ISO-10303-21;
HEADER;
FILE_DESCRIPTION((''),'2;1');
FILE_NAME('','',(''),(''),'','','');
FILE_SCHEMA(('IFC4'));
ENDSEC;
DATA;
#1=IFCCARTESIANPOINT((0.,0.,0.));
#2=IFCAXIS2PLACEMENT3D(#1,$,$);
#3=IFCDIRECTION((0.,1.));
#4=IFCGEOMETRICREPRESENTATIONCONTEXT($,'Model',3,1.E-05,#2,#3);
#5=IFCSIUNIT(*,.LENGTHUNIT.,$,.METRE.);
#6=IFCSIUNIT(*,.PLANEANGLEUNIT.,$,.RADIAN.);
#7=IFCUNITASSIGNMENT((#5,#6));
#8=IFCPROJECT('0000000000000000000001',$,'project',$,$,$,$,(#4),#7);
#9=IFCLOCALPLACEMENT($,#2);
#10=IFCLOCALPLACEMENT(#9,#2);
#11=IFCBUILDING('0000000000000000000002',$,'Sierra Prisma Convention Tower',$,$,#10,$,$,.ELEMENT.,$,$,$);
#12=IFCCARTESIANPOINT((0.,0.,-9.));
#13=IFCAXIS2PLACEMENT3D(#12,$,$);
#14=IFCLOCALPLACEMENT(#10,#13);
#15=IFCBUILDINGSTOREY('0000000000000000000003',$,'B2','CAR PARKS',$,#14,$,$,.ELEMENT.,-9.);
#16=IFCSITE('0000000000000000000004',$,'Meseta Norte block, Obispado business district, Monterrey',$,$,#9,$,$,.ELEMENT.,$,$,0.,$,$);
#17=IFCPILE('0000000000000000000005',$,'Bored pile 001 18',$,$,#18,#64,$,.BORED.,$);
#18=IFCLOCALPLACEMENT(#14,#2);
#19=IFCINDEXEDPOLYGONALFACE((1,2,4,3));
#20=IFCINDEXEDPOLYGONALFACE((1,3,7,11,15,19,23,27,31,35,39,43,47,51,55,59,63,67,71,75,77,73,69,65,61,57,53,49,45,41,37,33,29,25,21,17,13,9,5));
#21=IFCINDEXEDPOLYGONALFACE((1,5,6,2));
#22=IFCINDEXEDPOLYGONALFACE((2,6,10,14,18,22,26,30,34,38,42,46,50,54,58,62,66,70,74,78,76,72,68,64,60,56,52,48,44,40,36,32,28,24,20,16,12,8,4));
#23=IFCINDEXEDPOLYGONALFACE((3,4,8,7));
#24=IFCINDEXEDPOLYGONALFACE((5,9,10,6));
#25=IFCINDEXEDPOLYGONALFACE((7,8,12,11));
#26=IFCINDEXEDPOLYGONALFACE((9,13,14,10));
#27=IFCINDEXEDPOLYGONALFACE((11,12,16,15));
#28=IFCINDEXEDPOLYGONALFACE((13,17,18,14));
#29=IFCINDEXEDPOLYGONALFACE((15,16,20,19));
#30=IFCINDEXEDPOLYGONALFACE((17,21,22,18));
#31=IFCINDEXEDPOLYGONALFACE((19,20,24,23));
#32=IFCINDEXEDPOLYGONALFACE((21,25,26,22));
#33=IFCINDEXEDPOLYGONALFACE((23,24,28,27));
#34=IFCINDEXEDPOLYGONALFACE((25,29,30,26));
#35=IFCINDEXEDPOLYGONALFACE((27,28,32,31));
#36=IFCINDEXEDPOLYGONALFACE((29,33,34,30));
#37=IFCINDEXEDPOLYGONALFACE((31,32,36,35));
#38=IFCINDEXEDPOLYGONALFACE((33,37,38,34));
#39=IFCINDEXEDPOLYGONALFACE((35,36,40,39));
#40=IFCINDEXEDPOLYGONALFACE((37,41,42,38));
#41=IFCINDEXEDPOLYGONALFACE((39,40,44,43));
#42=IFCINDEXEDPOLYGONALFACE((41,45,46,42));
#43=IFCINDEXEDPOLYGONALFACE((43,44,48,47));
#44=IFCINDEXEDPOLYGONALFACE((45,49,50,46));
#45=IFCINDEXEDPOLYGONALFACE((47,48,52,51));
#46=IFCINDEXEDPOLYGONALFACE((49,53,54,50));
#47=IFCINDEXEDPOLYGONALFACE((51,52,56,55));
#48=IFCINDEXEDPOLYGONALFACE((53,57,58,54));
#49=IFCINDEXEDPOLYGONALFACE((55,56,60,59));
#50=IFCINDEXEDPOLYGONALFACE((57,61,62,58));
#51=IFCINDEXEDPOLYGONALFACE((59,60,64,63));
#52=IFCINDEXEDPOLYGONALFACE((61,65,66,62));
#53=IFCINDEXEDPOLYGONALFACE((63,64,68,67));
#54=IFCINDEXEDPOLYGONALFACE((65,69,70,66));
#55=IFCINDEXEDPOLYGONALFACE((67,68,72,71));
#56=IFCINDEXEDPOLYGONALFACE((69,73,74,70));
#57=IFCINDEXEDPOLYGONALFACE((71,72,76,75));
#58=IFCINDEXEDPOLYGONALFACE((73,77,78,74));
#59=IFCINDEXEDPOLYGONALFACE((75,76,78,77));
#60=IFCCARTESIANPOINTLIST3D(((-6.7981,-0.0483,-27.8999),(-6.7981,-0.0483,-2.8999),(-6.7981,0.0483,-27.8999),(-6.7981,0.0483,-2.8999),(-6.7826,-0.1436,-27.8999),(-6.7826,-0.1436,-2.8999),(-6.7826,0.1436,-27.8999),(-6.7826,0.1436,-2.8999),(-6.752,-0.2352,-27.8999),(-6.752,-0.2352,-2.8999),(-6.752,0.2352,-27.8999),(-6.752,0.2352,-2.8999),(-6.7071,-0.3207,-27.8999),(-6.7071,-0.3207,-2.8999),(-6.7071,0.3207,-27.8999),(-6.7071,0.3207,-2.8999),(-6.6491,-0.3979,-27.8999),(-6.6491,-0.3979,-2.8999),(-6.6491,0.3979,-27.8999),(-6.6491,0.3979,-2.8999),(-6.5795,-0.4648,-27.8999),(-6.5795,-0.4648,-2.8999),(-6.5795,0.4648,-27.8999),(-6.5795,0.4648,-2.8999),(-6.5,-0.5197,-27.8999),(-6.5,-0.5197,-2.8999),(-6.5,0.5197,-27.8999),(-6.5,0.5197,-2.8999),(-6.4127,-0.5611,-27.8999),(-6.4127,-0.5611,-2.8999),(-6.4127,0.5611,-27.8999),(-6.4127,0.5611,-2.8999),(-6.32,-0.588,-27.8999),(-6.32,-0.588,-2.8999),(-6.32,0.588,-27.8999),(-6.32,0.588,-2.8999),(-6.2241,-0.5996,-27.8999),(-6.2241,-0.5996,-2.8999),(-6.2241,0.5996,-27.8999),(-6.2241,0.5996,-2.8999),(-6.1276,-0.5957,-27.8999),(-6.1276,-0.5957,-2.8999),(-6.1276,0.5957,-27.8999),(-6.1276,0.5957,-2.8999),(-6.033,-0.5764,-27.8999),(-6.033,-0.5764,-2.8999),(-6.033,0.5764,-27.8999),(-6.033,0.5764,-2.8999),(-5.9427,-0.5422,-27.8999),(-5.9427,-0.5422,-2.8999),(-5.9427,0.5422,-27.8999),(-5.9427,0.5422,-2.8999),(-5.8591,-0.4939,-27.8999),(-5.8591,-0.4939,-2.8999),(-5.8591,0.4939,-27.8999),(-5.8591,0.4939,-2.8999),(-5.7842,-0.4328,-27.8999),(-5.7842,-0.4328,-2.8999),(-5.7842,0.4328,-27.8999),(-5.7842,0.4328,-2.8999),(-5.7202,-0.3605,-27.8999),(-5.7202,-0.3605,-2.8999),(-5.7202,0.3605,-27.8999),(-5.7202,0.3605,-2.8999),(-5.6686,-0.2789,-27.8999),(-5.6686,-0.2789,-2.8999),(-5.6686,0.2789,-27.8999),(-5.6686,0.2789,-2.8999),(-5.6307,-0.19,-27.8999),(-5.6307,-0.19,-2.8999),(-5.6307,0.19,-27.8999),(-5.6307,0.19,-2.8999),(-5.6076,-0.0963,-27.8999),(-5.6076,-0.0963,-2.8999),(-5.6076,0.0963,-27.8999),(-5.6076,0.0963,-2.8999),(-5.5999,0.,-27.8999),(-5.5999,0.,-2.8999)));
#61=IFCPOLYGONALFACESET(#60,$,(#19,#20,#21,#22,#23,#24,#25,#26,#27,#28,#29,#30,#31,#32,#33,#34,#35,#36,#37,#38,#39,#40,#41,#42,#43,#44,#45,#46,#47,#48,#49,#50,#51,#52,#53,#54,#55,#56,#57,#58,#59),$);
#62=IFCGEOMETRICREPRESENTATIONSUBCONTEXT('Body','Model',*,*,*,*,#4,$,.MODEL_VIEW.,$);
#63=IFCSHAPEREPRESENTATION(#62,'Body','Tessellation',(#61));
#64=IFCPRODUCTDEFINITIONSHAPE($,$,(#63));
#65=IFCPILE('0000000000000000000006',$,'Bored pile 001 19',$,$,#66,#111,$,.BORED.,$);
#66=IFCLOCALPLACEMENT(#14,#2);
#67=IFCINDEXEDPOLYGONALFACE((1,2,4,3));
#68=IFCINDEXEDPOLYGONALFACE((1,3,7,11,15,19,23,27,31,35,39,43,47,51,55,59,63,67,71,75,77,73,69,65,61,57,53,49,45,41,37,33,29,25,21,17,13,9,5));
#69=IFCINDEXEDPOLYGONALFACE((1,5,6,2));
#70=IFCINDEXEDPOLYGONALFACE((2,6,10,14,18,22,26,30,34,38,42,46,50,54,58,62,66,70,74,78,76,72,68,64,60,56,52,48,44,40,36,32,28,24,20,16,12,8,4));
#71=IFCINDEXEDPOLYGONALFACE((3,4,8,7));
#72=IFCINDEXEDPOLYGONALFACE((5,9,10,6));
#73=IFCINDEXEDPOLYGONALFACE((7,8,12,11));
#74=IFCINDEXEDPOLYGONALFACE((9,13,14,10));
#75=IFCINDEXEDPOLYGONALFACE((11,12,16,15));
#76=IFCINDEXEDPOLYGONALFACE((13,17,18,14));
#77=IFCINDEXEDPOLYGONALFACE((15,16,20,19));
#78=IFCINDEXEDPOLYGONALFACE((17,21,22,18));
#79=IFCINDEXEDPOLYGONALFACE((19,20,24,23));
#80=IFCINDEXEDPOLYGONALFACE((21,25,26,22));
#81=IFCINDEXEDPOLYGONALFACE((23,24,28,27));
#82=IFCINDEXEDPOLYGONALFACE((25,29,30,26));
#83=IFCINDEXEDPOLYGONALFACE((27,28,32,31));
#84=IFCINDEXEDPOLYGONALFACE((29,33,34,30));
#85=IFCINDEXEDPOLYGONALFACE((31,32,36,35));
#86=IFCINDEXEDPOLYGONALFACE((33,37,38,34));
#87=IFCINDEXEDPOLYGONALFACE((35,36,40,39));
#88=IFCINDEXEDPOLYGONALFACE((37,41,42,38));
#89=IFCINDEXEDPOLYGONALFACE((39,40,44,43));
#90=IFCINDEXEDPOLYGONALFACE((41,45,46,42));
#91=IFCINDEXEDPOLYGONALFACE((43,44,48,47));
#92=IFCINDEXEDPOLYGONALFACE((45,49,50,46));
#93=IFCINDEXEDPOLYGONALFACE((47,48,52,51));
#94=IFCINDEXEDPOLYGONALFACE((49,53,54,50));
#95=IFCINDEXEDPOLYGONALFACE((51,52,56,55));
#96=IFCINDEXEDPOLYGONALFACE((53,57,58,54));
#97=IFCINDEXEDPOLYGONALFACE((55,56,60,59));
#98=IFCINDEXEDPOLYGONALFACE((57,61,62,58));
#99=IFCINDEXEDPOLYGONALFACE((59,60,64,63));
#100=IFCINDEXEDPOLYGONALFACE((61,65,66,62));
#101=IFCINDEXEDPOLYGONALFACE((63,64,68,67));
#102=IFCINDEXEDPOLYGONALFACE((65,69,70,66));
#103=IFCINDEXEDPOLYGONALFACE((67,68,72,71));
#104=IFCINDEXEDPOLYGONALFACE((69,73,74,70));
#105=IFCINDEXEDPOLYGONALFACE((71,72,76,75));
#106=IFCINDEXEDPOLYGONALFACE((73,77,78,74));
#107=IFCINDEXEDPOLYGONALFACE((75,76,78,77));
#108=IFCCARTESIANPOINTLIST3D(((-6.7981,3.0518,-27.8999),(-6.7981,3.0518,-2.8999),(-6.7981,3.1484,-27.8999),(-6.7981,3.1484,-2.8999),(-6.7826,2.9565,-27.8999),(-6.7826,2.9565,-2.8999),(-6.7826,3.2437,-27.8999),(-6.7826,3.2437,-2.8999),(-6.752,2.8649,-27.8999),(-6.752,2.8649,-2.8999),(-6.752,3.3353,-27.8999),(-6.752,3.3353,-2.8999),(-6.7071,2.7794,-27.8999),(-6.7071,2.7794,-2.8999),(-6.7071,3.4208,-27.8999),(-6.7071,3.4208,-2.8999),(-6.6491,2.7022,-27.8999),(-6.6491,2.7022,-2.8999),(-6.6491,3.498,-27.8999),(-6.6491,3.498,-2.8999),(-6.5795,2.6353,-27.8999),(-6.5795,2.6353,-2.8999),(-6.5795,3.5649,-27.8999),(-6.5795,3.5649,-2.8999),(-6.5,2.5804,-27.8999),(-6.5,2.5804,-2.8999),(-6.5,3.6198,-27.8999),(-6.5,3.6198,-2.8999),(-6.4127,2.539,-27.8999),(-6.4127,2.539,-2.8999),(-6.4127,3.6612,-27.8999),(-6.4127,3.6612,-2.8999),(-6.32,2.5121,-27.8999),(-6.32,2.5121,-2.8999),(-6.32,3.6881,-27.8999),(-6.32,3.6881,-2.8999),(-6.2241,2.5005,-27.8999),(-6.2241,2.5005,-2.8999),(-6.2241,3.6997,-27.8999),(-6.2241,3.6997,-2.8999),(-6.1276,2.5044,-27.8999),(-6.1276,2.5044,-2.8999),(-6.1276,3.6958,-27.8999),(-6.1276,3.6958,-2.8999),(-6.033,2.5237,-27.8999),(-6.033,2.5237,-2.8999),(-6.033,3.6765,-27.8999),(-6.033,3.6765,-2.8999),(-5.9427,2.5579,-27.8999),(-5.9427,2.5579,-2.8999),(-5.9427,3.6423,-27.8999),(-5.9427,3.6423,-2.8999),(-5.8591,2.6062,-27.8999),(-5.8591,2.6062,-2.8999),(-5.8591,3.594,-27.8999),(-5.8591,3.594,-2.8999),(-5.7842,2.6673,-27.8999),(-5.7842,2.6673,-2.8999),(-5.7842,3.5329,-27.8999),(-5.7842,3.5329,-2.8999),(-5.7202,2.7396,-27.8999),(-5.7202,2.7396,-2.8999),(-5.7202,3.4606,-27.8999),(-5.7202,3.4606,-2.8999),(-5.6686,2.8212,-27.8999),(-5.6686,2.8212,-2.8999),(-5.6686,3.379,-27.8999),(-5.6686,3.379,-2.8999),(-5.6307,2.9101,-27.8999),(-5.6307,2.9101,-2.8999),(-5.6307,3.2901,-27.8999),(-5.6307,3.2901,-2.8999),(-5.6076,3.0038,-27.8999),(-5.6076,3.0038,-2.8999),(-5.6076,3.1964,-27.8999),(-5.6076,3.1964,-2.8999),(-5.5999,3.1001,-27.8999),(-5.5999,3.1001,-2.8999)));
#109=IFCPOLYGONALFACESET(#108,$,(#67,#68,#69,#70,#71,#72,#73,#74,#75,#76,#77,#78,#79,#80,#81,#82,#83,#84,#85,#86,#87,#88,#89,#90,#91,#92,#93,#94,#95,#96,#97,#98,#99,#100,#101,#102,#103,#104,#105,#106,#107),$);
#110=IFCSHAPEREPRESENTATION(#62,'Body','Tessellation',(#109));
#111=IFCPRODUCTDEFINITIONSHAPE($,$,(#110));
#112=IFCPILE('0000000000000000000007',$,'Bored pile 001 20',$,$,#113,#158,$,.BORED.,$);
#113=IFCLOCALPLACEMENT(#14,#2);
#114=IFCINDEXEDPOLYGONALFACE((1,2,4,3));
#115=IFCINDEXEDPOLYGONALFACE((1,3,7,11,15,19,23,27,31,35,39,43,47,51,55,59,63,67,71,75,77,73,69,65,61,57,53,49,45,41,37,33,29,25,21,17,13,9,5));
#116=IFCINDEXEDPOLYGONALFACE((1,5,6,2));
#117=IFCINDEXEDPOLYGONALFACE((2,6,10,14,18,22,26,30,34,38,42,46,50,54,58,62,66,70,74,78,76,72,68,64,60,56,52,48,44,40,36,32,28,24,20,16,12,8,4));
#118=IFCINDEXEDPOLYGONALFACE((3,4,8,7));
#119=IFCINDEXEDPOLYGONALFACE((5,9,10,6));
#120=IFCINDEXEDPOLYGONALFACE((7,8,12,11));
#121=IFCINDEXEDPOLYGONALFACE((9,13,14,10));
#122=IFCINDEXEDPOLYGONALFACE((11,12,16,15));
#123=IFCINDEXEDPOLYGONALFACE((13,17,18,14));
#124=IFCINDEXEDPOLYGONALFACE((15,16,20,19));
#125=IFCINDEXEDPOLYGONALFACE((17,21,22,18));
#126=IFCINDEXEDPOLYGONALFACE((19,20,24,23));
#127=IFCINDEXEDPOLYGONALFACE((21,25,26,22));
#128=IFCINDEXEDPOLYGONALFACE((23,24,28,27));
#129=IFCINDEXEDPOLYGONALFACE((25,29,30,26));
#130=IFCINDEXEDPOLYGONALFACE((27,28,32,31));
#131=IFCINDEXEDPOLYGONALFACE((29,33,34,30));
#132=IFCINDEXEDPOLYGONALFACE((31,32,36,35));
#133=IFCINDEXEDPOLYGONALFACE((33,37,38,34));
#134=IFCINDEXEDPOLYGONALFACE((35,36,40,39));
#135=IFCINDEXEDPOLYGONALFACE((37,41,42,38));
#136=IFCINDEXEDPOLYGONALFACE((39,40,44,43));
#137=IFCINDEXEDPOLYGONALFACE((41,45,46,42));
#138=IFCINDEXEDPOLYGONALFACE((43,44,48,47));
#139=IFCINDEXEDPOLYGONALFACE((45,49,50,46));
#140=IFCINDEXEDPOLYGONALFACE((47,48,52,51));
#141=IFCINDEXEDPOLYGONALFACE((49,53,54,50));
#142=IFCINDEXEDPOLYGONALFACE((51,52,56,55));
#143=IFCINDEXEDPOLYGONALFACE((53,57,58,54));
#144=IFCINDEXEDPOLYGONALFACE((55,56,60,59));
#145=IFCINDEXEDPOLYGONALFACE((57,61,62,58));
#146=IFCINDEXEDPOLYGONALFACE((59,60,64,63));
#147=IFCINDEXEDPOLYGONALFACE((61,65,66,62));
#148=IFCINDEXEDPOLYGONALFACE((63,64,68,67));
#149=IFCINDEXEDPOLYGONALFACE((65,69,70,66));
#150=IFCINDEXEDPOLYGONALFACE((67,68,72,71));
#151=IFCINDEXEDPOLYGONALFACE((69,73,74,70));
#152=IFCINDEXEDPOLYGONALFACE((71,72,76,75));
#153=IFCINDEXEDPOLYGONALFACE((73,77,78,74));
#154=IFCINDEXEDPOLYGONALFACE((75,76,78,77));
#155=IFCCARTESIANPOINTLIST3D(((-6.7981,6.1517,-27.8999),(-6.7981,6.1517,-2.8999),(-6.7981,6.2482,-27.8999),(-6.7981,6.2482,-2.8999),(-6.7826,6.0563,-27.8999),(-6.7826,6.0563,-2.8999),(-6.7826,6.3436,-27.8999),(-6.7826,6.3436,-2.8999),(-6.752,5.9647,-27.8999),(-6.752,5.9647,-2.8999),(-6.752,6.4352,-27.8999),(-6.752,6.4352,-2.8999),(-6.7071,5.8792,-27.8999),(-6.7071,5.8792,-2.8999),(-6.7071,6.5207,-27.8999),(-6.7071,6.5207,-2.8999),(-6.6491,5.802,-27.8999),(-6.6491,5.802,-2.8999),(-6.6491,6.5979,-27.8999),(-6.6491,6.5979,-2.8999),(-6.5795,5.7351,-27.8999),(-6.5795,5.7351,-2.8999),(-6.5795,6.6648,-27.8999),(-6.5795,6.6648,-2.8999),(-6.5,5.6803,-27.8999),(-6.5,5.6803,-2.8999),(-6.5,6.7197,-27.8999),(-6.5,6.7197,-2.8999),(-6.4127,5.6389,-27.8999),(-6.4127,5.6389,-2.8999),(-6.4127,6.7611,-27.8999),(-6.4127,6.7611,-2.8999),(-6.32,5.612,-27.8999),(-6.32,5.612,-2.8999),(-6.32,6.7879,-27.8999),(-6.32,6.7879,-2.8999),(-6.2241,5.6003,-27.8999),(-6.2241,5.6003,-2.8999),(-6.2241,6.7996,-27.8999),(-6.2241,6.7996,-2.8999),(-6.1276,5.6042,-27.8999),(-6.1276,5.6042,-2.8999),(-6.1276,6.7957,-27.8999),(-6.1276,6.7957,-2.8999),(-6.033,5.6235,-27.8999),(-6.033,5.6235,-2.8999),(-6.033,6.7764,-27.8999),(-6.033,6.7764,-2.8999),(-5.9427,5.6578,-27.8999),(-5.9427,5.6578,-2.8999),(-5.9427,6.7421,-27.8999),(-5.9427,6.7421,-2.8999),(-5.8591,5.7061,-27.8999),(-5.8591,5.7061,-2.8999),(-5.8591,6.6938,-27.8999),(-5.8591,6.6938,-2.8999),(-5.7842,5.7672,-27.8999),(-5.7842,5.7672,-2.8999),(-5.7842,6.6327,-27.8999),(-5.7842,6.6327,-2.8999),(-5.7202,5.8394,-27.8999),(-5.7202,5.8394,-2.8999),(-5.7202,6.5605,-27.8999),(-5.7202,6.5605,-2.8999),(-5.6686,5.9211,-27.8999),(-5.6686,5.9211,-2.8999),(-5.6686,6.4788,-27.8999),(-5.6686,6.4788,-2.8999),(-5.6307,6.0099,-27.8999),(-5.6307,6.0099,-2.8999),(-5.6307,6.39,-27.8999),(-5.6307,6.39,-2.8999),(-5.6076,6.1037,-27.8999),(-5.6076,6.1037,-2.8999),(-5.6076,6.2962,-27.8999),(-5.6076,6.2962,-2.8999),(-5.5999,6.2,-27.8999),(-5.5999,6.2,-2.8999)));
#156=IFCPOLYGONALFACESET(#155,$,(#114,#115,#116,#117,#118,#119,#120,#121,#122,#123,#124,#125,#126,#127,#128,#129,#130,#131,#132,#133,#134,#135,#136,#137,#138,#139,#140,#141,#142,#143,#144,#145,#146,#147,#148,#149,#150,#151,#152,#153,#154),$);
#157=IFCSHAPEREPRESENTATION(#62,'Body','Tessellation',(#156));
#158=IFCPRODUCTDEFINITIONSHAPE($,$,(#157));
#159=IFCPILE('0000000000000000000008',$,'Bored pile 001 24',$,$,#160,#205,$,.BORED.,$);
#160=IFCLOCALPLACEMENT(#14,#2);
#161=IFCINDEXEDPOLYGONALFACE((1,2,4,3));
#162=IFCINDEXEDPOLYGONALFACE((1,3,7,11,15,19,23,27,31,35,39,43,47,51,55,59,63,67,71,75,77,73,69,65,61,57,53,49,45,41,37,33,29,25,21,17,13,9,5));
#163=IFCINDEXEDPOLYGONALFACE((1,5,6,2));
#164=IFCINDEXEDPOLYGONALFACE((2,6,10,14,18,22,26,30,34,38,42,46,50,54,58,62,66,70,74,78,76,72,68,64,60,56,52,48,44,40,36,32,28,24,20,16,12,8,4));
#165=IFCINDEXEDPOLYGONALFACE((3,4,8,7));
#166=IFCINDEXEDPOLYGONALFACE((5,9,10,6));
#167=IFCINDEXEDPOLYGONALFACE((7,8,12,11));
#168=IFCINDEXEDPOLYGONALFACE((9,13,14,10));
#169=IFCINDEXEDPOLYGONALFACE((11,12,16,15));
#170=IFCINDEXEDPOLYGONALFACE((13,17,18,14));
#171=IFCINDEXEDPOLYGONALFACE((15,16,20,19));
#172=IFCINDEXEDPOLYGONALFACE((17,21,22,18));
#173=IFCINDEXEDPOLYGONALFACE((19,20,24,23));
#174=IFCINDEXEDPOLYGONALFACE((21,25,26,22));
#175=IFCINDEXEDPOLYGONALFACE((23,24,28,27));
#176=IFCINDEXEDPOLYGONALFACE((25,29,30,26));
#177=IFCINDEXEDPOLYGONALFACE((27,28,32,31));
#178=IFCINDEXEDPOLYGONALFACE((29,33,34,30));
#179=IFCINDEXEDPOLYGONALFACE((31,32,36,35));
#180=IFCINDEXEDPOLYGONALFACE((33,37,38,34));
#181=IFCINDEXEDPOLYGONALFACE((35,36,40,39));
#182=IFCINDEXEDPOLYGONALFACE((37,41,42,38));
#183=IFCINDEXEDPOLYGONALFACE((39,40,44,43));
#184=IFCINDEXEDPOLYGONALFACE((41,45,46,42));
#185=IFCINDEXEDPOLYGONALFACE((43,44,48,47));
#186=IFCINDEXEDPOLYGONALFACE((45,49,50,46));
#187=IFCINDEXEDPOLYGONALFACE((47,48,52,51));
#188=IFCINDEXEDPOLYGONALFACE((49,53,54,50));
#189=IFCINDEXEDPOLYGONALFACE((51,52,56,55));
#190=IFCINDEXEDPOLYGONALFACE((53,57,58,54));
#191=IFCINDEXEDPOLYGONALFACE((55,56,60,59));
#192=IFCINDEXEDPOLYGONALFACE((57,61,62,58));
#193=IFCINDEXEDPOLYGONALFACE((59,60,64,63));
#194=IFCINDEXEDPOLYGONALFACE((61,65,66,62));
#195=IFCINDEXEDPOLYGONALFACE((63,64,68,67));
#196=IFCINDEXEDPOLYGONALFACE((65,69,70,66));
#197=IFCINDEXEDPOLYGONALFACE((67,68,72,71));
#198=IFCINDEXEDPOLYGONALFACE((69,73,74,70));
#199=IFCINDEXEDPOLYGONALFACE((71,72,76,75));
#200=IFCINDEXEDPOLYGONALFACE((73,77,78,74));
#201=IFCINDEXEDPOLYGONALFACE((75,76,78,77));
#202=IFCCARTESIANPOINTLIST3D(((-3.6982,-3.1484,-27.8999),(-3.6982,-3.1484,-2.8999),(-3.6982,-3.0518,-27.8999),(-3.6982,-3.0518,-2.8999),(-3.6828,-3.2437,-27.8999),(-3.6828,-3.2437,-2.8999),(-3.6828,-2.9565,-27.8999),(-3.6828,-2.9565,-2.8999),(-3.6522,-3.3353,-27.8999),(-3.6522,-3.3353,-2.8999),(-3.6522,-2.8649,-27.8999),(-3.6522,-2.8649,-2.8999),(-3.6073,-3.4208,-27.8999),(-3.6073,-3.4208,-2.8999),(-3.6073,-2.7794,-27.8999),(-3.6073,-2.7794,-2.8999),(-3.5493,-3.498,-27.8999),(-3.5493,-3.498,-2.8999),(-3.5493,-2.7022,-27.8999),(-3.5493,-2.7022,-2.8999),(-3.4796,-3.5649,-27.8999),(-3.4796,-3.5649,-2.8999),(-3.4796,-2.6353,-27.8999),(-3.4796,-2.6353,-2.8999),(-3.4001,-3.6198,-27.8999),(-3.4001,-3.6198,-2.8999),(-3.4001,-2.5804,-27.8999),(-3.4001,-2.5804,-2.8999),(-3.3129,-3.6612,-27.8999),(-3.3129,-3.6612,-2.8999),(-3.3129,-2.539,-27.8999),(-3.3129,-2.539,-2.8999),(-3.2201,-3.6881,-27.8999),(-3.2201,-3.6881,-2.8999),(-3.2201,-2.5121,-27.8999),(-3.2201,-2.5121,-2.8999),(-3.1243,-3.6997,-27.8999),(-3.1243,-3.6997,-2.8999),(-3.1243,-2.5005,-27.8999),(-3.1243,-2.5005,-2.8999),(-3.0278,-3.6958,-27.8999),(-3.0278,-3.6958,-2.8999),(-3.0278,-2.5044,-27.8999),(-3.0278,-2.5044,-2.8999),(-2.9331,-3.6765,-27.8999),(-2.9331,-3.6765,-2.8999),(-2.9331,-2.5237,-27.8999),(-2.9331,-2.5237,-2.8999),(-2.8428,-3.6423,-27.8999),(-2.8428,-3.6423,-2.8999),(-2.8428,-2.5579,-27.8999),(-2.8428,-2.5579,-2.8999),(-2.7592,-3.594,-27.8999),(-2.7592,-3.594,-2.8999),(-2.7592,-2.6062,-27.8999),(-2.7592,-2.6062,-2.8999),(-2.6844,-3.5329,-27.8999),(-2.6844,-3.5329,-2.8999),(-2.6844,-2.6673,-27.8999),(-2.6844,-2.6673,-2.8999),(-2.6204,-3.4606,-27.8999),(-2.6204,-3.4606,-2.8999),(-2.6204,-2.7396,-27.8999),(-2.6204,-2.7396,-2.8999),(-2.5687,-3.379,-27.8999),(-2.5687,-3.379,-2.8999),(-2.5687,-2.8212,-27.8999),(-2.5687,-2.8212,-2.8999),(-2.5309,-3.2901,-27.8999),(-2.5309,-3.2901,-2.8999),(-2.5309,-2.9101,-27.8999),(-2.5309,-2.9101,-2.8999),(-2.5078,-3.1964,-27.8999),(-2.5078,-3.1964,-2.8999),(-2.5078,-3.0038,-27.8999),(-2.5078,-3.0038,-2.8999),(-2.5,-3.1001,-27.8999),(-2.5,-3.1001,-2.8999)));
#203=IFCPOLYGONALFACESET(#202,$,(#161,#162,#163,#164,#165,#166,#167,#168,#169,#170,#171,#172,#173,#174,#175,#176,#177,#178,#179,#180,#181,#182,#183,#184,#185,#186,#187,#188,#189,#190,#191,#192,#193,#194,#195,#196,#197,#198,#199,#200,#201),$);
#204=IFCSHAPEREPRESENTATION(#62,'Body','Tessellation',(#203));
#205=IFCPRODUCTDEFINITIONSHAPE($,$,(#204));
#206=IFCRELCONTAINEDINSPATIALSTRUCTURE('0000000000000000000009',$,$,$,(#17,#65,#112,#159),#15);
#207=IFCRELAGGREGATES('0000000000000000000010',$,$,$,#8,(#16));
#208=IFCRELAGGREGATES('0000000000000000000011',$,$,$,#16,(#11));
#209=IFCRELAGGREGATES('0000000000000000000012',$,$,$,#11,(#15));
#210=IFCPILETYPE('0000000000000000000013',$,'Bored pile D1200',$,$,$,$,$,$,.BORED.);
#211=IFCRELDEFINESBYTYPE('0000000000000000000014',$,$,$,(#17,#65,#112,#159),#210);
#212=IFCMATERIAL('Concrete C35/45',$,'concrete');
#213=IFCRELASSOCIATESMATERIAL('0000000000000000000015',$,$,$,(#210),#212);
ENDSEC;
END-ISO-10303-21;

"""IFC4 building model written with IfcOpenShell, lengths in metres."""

from ifc_helpers import new_model, si_unit, direction, frame, origin, origin_2d, place, context, subcontext, project, spatial, circle, extrude, material, material_profile, profile_set, type_object, element, save


model = new_model("IFC4")

# Units and contexts
model_context = context("Model", 3, precision=1e-05, world=origin(), true_north=direction((0.0, 1.0)))
body_context = subcontext(model_context, "Body", "Model", "MODEL_VIEW")
ifc_project = project(units=[si_unit("LENGTHUNIT", "METRE"), si_unit("PLANEANGLEUNIT", "RADIAN")], contexts=[model_context])

# Site, building, storey
site_placement = place(None, origin())
site = spatial("IfcSite", under=ifc_project, at=site_placement, Name="Meseta Norte block, Obispado business district, Monterrey", CompositionType="ELEMENT", RefElevation=0.0)
building_placement = place(site_placement, origin())
building = spatial("IfcBuilding", under=site, at=building_placement, Name="Sierra Prisma Convention Tower", CompositionType="ELEMENT")
storey_placement = place(building_placement, frame((0.0, 0.0, -9.0)))
storey = spatial("IfcBuildingStorey", under=building, at=storey_placement, Name="B2", Description="CAR PARKS", CompositionType="ELEMENT", Elevation=-9.0)

# Piles
ifc_material_1 = material(Name="Concrete C35/45", Category="concrete")
ifc_material_profile = material_profile(ifc_material_1, circle(Radius=0.6001, at=origin_2d()), Name="D1200")
ifc_profile_set = profile_set([ifc_material_profile], Name="Concrete C35/45")
pile_type = type_object("IfcPileType", Name="Bored pile D1200", PredefinedType="BORED", material=ifc_profile_set)
for number, where, z_axis, x_axis, name in (
    (1, (-6.2, 0.0, -2.8999), (0.0, 0.0, -1.0), (1.0, 0.0, 0.0), "Bored pile 001 18"),
    (2, (-6.2, 3.1001, -2.8999), (0.0, 0.0, -1.0), (1.0, 0.0, 0.0), "Bored pile 001 19"),
    (3, (-6.2, 6.2, -2.8999), (0.0, 0.0, -1.0), (1.0, 0.0, 0.0), "Bored pile 001 20"),
    (4, (-3.1001, -3.1001, -2.8999), (0.0, 0.0, -1.0), (1.0, 0.0, 0.0), "Bored pile 001 24"),
):
    element("IfcPile", number, at=place(storey_placement, frame(where, z_axis=z_axis, x_axis=x_axis)), inside=storey, type_object=pile_type, Name=name, PredefinedType="BORED", context=body_context, shape_type="SweptSolid", body=[
        extrude(circle(Radius=0.6001, at=origin_2d()), origin(), (0.0, 0.0, 1.0), 25.0),
    ])

save(model, "model.ifc")
